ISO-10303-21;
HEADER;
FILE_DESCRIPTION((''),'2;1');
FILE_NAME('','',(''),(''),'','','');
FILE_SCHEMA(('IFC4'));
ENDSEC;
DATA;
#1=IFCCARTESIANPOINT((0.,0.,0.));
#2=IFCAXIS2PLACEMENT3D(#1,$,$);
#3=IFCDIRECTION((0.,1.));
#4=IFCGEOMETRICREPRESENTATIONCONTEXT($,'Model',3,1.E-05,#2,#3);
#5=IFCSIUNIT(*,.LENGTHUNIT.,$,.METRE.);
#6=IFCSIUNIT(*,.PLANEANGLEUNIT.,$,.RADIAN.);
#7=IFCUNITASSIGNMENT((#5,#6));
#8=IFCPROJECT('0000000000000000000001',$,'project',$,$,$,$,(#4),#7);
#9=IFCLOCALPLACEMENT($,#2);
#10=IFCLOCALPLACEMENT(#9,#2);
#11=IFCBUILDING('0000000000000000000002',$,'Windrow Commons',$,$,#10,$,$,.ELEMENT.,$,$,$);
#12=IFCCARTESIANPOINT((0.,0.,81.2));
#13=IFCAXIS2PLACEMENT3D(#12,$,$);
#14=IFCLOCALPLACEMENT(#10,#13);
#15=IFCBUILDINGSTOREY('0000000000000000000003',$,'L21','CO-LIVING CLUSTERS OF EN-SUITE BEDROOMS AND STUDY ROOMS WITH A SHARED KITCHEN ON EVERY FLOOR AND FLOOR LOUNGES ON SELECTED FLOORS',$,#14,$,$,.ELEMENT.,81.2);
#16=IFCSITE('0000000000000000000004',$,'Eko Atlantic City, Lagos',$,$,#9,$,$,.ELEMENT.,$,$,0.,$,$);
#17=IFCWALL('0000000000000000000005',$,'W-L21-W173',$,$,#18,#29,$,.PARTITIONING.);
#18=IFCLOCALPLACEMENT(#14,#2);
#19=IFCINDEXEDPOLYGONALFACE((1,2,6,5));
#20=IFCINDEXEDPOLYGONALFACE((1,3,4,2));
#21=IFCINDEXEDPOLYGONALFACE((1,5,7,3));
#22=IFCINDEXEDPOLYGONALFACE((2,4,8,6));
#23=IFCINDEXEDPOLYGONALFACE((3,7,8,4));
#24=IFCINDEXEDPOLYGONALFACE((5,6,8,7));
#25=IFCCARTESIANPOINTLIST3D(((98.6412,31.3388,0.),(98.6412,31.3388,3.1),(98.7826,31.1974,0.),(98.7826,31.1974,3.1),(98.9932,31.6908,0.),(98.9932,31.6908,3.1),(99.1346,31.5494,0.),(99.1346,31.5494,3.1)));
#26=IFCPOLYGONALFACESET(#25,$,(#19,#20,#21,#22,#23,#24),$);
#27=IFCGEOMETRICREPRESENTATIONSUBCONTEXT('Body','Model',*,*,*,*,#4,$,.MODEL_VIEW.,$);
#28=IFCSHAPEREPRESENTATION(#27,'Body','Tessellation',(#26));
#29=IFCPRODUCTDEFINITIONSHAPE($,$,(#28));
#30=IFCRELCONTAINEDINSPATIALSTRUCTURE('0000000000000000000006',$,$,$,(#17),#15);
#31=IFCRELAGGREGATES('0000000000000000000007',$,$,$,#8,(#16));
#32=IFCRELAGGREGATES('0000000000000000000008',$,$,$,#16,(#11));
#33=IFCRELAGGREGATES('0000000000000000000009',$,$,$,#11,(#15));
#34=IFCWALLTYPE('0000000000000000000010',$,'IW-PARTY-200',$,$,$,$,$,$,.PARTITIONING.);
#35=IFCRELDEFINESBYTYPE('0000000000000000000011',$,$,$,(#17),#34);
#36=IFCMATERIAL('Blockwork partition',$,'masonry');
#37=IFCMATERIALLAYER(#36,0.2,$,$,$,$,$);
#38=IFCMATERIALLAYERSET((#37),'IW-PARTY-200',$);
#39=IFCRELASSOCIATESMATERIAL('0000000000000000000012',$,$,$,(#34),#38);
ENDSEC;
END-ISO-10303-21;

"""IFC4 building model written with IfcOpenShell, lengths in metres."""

from ifc_helpers import new_model, si_unit, direction, frame, frame_2d, origin, place, context, subcontext, project, spatial, rectangle, extrude, material, layer, layer_set, type_object, element, save


model = new_model("IFC4")

# Units and contexts
model_context = context("Model", 3, precision=1e-05, world=origin(), true_north=direction((0.0, 1.0)))
body_context = subcontext(model_context, "Body", "Model", "MODEL_VIEW")
ifc_project = project(units=[si_unit("LENGTHUNIT", "METRE"), si_unit("PLANEANGLEUNIT", "RADIAN")], contexts=[model_context])

# Site, building, storey
site_placement = place(None, origin())
site = spatial("IfcSite", under=ifc_project, at=site_placement, Name="Eko Atlantic City, Lagos", CompositionType="ELEMENT", RefElevation=0.0)
building_placement = place(site_placement, origin())
building = spatial("IfcBuilding", under=site, at=building_placement, Name="Windrow Commons", CompositionType="ELEMENT")
storey_placement = place(building_placement, frame((0.0, 0.0, 81.2)))
storey = spatial("IfcBuildingStorey", under=building, at=storey_placement, Name="L21", Description="CO-LIVING CLUSTERS OF EN-SUITE BEDROOMS AND STUDY ROOMS WITH A SHARED KITCHEN ON EVERY FLOOR AND FLOOR LOUNGES ON SELECTED FLOORS", CompositionType="ELEMENT", Elevation=81.2)

# Wall
ifc_material_1 = material(Name="Blockwork partition", Category="masonry")
ifc_layer_1 = layer(ifc_material_1, 0.2)
ifc_layer_set_1 = layer_set([ifc_layer_1], Name="IW-PARTY-200")
wall_type_1 = type_object("IfcWallType", Name="IW-PARTY-200", PredefinedType="PARTITIONING", material=ifc_layer_set_1)
wall_1_placement = place(storey_placement, frame((98.7119, 31.2681, 0.0), z_axis=(0.0, 0.0, 1.0), x_axis=(0.707107, 0.707107, 0.0)))
element("IfcWall", 1, at=wall_1_placement, inside=storey, type_object=wall_type_1, Name="W-L21-W173", PredefinedType="PARTITIONING", context=body_context, shape_type="SweptSolid", body=[
    extrude(rectangle(XDim=0.4978, YDim=0.2, at=frame_2d((0.2489, 0.0))), origin(), (0.0, 0.0, 1.0), 3.1),
])

save(model, "model.ifc")
